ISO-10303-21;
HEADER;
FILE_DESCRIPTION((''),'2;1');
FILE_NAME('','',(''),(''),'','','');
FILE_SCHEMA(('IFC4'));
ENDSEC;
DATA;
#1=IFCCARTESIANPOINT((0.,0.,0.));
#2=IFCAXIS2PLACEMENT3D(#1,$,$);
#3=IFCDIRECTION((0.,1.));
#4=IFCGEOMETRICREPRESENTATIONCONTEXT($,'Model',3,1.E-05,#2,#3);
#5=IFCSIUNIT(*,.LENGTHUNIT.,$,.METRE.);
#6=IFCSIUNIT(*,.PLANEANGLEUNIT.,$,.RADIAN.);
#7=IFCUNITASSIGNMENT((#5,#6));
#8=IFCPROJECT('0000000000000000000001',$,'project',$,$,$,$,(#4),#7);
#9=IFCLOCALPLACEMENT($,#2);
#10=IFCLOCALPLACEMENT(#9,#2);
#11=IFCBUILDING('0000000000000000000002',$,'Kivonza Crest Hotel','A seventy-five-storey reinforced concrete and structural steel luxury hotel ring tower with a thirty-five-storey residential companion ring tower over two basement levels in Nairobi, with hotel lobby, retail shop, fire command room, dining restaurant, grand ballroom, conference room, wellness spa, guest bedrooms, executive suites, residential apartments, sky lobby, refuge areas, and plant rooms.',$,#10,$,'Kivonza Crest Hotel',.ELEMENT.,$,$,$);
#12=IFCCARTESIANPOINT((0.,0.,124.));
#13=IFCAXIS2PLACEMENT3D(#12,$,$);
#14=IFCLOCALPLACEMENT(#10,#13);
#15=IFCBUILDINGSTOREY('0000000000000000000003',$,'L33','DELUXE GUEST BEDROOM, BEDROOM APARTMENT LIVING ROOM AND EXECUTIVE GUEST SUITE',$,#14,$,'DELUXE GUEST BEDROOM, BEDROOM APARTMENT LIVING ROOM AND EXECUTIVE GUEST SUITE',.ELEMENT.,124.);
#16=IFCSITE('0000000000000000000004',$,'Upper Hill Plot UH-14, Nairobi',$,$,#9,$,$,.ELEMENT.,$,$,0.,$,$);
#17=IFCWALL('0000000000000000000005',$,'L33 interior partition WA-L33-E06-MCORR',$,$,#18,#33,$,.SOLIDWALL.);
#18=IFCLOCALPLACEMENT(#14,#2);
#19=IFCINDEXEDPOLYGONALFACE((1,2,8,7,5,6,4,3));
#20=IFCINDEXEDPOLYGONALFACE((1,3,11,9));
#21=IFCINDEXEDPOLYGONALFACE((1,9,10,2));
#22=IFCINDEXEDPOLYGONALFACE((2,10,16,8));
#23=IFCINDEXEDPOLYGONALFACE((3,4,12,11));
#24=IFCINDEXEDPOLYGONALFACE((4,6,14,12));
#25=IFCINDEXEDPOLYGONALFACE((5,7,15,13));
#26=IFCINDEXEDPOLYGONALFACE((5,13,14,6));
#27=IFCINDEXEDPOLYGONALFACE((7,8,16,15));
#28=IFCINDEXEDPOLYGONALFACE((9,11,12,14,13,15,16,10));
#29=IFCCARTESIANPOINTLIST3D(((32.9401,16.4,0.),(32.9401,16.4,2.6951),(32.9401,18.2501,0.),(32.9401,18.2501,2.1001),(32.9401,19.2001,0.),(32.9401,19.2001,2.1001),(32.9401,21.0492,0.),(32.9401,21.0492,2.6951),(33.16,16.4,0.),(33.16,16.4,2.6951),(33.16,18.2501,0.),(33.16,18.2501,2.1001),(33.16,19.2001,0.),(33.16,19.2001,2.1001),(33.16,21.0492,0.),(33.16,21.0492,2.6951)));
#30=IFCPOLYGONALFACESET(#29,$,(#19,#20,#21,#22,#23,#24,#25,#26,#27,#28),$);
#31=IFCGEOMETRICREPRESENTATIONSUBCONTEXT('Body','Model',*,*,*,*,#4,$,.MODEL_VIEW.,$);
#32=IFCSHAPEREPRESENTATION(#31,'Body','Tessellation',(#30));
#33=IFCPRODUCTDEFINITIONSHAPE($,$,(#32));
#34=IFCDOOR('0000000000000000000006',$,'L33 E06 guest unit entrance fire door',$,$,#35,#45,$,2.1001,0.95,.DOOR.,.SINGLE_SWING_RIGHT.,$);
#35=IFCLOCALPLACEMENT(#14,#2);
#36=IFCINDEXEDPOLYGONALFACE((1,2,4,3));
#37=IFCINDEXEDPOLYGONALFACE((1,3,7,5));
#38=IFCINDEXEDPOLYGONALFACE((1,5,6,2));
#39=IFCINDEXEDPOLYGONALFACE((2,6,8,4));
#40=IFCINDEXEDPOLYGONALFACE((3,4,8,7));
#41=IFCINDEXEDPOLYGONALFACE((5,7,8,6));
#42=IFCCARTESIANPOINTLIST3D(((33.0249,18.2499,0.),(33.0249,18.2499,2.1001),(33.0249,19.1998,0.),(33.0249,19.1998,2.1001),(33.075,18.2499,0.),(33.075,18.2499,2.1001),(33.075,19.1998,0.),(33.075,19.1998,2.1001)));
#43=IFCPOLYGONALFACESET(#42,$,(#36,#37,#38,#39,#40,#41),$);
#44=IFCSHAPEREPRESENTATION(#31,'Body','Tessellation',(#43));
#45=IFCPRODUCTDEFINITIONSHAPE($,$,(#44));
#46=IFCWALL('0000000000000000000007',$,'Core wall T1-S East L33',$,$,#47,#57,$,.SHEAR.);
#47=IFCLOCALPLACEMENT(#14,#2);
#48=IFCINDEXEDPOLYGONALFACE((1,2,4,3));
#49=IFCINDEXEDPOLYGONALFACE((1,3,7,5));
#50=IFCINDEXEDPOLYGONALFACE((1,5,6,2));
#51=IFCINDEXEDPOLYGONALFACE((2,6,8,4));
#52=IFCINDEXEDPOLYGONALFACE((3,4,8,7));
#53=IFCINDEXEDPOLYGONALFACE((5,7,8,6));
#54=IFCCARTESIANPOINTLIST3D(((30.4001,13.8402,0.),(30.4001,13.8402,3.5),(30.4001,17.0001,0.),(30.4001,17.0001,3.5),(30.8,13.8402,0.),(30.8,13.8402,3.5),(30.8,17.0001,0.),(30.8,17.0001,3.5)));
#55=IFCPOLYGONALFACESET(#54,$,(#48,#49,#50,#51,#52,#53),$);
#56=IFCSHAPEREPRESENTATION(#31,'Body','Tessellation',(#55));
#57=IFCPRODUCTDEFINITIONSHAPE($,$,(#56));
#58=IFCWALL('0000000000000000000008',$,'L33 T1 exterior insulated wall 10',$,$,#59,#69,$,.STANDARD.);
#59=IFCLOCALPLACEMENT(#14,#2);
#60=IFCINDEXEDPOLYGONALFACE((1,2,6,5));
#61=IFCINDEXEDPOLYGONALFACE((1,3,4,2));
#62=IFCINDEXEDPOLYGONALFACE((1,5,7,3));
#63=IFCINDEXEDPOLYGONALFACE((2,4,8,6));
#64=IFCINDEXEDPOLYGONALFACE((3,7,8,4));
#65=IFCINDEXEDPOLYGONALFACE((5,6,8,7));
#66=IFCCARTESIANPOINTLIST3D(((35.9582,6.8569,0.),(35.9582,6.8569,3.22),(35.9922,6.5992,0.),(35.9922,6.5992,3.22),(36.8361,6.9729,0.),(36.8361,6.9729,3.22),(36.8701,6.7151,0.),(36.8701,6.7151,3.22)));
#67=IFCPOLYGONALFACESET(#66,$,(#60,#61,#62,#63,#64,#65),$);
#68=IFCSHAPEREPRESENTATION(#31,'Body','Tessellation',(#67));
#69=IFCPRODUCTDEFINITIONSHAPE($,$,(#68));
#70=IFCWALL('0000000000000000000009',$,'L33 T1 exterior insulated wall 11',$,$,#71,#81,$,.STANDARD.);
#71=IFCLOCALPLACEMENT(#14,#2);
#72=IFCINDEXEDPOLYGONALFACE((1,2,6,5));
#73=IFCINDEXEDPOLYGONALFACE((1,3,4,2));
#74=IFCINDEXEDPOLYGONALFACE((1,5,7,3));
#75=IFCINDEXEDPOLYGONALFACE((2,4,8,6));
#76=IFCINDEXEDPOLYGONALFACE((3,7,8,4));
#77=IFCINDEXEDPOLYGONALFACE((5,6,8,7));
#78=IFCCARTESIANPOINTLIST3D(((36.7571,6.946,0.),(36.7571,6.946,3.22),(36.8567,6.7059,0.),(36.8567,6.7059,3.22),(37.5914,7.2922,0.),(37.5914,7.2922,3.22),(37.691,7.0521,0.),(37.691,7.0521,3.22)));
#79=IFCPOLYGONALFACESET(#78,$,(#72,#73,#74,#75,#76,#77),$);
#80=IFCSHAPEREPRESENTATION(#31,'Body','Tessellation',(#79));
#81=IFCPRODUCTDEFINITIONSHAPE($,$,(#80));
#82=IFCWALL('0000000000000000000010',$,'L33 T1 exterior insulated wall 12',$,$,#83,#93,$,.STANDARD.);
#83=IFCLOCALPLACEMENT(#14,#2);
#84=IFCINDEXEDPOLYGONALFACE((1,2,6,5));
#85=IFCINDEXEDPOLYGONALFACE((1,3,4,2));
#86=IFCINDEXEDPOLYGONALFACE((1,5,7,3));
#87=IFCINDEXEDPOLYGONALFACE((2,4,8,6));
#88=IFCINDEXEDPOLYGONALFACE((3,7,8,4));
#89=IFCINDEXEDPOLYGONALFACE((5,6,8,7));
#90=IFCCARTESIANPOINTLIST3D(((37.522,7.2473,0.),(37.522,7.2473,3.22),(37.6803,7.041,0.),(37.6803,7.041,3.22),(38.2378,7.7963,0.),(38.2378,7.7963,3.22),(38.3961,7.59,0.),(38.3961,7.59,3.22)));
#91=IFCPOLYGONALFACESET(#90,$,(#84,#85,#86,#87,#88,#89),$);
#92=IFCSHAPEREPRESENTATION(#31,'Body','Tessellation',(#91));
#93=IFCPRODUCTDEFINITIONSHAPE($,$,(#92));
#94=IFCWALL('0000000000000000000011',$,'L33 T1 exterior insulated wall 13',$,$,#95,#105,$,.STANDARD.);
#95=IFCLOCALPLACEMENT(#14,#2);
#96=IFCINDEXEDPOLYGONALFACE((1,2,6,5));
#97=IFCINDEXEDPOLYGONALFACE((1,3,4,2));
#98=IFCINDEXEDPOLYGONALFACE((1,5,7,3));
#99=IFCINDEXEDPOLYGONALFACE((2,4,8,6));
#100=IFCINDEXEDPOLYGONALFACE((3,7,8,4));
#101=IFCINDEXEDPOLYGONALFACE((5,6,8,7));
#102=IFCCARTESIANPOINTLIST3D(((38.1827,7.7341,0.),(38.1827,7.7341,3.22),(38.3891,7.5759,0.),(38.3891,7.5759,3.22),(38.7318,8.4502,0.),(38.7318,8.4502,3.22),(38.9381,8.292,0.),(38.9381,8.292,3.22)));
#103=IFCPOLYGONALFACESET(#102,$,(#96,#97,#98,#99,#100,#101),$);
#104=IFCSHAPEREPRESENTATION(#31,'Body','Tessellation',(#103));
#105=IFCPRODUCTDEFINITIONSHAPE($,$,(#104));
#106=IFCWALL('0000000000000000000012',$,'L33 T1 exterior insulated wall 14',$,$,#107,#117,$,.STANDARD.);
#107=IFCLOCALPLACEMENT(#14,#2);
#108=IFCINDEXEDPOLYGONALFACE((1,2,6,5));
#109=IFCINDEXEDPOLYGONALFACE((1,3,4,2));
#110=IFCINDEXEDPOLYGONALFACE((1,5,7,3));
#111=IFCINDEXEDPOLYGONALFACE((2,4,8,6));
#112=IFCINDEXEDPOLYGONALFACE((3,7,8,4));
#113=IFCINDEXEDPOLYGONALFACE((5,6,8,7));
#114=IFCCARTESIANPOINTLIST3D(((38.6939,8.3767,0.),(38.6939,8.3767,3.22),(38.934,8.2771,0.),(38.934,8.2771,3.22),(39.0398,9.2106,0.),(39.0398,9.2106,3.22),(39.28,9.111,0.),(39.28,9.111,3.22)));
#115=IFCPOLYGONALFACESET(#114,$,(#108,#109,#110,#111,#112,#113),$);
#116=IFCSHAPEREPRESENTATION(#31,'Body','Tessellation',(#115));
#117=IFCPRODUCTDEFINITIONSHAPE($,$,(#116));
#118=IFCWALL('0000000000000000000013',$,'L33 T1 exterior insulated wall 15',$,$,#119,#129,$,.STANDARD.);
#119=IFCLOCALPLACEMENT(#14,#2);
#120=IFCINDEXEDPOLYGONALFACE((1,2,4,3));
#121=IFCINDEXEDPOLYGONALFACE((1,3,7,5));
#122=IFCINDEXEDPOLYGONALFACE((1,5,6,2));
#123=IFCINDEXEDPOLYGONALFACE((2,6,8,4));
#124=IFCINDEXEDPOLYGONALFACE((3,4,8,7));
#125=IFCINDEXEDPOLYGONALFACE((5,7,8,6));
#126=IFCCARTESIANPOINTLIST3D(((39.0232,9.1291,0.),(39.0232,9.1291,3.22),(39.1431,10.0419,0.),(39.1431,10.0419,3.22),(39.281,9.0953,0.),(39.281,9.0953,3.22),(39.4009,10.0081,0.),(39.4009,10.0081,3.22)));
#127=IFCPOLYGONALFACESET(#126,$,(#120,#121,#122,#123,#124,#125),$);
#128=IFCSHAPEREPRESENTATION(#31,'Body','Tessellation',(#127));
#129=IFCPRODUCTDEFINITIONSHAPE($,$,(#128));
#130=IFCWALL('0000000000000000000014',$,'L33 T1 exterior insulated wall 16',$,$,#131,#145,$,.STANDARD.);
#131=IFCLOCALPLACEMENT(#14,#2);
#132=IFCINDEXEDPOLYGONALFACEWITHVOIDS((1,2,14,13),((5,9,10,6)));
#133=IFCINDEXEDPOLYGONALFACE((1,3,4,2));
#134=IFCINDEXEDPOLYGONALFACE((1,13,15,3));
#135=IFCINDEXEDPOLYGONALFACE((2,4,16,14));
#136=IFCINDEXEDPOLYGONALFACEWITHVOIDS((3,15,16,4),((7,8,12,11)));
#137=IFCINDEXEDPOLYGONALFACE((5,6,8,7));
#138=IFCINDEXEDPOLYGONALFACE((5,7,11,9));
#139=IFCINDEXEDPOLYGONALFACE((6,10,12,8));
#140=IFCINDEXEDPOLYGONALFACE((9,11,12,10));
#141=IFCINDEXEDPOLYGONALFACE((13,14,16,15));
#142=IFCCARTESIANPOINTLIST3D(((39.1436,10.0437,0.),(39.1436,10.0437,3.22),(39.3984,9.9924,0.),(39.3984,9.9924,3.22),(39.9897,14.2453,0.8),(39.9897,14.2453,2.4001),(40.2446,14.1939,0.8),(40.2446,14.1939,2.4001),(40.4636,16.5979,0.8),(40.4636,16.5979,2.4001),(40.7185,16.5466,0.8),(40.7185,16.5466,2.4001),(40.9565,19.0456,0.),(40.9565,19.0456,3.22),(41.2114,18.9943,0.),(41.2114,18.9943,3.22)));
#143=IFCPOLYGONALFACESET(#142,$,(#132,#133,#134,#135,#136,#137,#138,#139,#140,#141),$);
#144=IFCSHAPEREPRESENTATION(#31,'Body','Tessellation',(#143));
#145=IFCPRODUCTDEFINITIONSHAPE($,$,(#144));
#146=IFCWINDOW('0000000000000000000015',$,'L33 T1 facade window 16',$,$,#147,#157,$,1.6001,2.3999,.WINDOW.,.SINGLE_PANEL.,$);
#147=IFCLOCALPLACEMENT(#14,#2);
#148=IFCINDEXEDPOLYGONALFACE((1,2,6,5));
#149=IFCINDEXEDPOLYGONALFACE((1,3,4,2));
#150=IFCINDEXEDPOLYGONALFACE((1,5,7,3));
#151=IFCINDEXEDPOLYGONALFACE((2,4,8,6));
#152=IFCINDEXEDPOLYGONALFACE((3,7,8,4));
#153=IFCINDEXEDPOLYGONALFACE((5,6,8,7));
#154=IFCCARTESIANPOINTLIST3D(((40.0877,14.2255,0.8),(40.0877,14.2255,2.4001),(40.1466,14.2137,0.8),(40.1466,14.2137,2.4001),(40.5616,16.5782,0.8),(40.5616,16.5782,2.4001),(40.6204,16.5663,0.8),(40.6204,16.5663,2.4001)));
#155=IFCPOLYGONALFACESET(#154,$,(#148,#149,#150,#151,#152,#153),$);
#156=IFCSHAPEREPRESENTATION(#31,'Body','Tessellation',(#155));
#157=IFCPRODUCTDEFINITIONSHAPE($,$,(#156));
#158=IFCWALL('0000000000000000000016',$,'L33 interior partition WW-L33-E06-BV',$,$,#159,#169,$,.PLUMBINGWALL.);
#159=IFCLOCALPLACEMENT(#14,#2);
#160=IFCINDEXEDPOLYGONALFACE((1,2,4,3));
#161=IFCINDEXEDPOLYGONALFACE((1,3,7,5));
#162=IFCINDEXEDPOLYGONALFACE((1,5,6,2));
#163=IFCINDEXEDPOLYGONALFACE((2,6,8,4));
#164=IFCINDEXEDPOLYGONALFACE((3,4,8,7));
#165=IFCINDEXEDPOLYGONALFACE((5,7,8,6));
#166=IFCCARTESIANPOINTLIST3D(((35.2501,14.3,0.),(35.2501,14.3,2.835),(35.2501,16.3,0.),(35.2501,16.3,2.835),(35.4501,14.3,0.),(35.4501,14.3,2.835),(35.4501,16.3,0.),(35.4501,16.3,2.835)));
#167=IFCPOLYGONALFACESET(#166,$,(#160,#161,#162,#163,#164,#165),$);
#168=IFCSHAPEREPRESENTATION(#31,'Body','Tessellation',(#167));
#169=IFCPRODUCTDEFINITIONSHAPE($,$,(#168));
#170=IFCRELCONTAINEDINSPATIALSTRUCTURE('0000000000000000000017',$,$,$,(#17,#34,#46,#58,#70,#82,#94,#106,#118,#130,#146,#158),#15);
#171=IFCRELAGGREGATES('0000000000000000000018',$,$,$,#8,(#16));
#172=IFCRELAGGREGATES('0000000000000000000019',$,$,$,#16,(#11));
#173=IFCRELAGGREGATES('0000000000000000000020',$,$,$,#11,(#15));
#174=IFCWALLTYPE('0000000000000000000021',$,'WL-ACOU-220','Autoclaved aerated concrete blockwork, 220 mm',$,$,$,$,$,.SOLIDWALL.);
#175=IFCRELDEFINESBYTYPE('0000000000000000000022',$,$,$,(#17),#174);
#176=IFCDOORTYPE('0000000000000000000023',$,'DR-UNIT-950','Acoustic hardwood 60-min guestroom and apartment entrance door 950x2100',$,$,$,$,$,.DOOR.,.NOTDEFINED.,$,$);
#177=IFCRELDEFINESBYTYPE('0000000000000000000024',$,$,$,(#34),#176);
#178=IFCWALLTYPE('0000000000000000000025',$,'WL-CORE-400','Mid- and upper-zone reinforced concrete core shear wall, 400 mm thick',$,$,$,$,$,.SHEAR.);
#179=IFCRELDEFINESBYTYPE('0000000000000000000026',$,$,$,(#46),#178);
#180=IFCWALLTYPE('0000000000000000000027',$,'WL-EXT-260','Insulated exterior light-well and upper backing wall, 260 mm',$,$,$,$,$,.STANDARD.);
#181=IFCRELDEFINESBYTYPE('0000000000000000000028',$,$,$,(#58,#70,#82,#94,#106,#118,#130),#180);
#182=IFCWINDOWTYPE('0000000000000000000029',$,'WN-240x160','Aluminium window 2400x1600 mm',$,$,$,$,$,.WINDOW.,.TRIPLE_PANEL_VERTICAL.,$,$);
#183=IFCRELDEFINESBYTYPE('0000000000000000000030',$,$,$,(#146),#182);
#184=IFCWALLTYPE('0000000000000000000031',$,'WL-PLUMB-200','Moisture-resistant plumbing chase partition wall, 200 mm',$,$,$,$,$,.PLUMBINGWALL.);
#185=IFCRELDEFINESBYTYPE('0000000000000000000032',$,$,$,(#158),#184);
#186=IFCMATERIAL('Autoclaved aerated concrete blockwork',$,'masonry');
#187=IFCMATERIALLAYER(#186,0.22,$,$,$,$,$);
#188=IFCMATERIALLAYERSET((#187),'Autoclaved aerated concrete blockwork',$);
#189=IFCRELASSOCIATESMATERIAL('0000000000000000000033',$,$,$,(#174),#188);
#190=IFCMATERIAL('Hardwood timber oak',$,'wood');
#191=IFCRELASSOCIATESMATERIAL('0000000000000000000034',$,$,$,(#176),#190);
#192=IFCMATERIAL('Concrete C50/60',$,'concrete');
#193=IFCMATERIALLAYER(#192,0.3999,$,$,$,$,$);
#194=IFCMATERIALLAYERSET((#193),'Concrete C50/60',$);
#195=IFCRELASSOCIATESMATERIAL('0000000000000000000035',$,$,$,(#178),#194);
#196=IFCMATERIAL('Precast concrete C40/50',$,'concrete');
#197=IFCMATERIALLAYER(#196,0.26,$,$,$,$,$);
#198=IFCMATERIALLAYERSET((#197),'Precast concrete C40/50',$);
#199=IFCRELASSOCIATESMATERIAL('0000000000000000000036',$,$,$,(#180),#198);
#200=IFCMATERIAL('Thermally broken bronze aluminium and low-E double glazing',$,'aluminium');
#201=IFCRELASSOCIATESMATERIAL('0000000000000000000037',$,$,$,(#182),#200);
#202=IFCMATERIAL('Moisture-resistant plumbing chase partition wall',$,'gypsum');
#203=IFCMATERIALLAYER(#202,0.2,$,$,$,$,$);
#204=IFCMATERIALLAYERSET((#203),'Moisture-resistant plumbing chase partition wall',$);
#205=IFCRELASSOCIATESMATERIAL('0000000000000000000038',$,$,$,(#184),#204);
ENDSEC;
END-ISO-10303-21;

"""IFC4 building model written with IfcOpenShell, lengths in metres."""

from ifc_helpers import new_model, si_unit, direction, frame, frame_2d, origin, place, context, subcontext, project, spatial, rectangle, extrude, material, layer, layer_set, type_object, element, fill, save


model = new_model("IFC4")

# Units and contexts
model_context = context("Model", 3, precision=1e-05, world=origin(), true_north=direction((0.0, 1.0)))
body_context = subcontext(model_context, "Body", "Model", "MODEL_VIEW")
ifc_project = project(units=[si_unit("LENGTHUNIT", "METRE"), si_unit("PLANEANGLEUNIT", "RADIAN")], contexts=[model_context])

# Site, building, storey
site_placement = place(None, origin())
site = spatial("IfcSite", under=ifc_project, at=site_placement, Name="Upper Hill Plot UH-14, Nairobi", CompositionType="ELEMENT", RefElevation=0.0)
building_placement = place(site_placement, origin())
building = spatial("IfcBuilding", under=site, at=building_placement, Name="Kivonza Crest Hotel", Description="A seventy-five-storey reinforced concrete and structural steel luxury hotel ring tower with a thirty-five-storey residential companion ring tower over two basement levels in Nairobi, with hotel lobby, retail shop, fire command room, dining restaurant, grand ballroom, conference room, wellness spa, guest bedrooms, executive suites, residential apartments, sky lobby, refuge areas, and plant rooms.", LongName="Kivonza Crest Hotel", CompositionType="ELEMENT")
storey_placement = place(building_placement, frame((0.0, 0.0, 124.0)))
storey = spatial("IfcBuildingStorey", under=building, at=storey_placement, Name="L33", Description="DELUXE GUEST BEDROOM, BEDROOM APARTMENT LIVING ROOM AND EXECUTIVE GUEST SUITE", LongName="DELUXE GUEST BEDROOM, BEDROOM APARTMENT LIVING ROOM AND EXECUTIVE GUEST SUITE", CompositionType="ELEMENT", Elevation=124.0)

# Shared definitions
ifc_material_1 = material(Name="Autoclaved aerated concrete blockwork", Category="masonry")
ifc_layer_1 = layer(ifc_material_1, 0.22)
ifc_layer_set_1 = layer_set([ifc_layer_1], Name="Autoclaved aerated concrete blockwork")
wall_type_1 = type_object("IfcWallType", Name="WL-ACOU-220", Description="Autoclaved aerated concrete blockwork, 220 mm", PredefinedType="SOLIDWALL", material=ifc_layer_set_1)
ifc_material_2 = material(Name="Hardwood timber oak", Category="wood")

# Wall, opening, door
wall_1_placement = place(storey_placement, frame((33.05, 16.3999, 0.0), z_axis=(0.0, 0.0, 1.0), x_axis=(0.0, 1.0, 0.0)))
wall_1 = element("IfcWall", 1, at=wall_1_placement, inside=storey, type_object=wall_type_1, Name="L33 interior partition WA-L33-E06-MCORR", PredefinedType="SOLIDWALL", context=body_context, shape_type="SweptSolid", body=[
    extrude(rectangle(XDim=4.6492, YDim=0.22, at=frame_2d((2.3247, 0.0))), origin(), (0.0, 0.0, 1.0), 2.6951),
])
opening_1_placement = place(wall_1_placement, frame((1.8501, 0.0, 0.0)))
opening_1 = element("IfcOpeningElement", 2, at=opening_1_placement, cuts=wall_1, PredefinedType="OPENING", context=body_context, shape_type="SweptSolid", body=[
    extrude(rectangle(XDim=0.95, YDim=2.1001, at=frame_2d((0.4751, 1.05))), frame((0.0, 0.1201, 0.0), z_axis=(0.0, -1.0, 0.0), x_axis=(1.0, 0.0, 0.0)), (0.0, 0.0, 1.0), 0.24),
])
door_type_1 = type_object("IfcDoorType", Name="DR-UNIT-950", Description="Acoustic hardwood 60-min guestroom and apartment entrance door 950x2100", OperationType="NOTDEFINED", PredefinedType="DOOR", material=ifc_material_2)
door_1_placement = place(opening_1_placement, frame((0.95, 0.0, 0.0), z_axis=(0.0, 0.0, 1.0), x_axis=(-1.0, 0.0, 0.0)))
door_1 = element("IfcDoor", 3, at=door_1_placement, inside=storey, type_object=door_type_1, Name="L33 E06 guest unit entrance fire door", OperationType="SINGLE_SWING_RIGHT", OverallHeight=2.1001, OverallWidth=0.95, PredefinedType="DOOR", context=body_context, shape_type="SweptSolid", body=[
    extrude(rectangle(XDim=0.95, YDim=2.1001, at=frame_2d((0.4751, 1.05))), frame((0.0, 0.0249, 0.0), z_axis=(0.0, -1.0, 0.0), x_axis=(1.0, 0.0, 0.0)), (0.0, 0.0, 1.0), 0.05),
])
fill(opening_1, door_1)

# Walls
ifc_material_3 = material(Name="Concrete C50/60", Category="concrete")
ifc_layer_2 = layer(ifc_material_3, 0.3999)
ifc_layer_set_2 = layer_set([ifc_layer_2], Name="Concrete C50/60")
wall_type_2 = type_object("IfcWallType", Name="WL-CORE-400", Description="Mid- and upper-zone reinforced concrete core shear wall, 400 mm thick", PredefinedType="SHEAR", material=ifc_layer_set_2)
wall_2_placement = place(storey_placement, frame((30.6001, 13.8401, 0.0), z_axis=(0.0, 0.0, 1.0), x_axis=(0.0, 1.0, 0.0)))
element("IfcWall", 4, at=wall_2_placement, inside=storey, type_object=wall_type_2, Name="Core wall T1-S East L33", PredefinedType="SHEAR", context=body_context, shape_type="SweptSolid", body=[
    extrude(rectangle(XDim=3.1599, YDim=0.3999, at=frame_2d((1.5801, 0.0))), origin(), (0.0, 0.0, 1.0), 3.5),
])
ifc_material_4 = material(Name="Precast concrete C40/50", Category="concrete")
ifc_layer_3 = layer(ifc_material_4, 0.26)
ifc_layer_set_3 = layer_set([ifc_layer_3], Name="Precast concrete C40/50")
wall_type_3 = type_object("IfcWallType", Name="WL-EXT-260", Description="Insulated exterior light-well and upper backing wall, 260 mm", PredefinedType="STANDARD", material=ifc_layer_set_3)
wall_3_placement = place(storey_placement, frame((35.9751, 6.728, 0.0), z_axis=(0.0, 0.0, 1.0), x_axis=(0.991388, 0.130954, 0.0)))
element("IfcWall", 5, at=wall_3_placement, inside=storey, type_object=wall_type_3, Name="L33 T1 exterior insulated wall 10", PredefinedType="STANDARD", context=body_context, shape_type="SweptSolid", body=[
    extrude(rectangle(XDim=0.8855, YDim=0.26, at=frame_2d((0.4429, 0.0))), origin(), (0.0, 0.0, 1.0), 3.22),
])
wall_4_placement = place(storey_placement, frame((36.8069, 6.8259, 0.0), z_axis=(0.0, 0.0, 1.0), x_axis=(0.923628, 0.383291, 0.0)))
element("IfcWall", 6, at=wall_4_placement, inside=storey, type_object=wall_type_3, Name="L33 T1 exterior insulated wall 11", PredefinedType="STANDARD", context=body_context, shape_type="SweptSolid", body=[
    extrude(rectangle(XDim=0.9033, YDim=0.26, at=frame_2d((0.4517, 0.0))), origin(), (0.0, 0.0, 1.0), 3.22),
])
wall_5_placement = place(storey_placement, frame((37.6011, 7.144, 0.0), z_axis=(0.0, 0.0, 1.0), x_axis=(0.793458, 0.608625, 0.0)))
element("IfcWall", 7, at=wall_5_placement, inside=storey, type_object=wall_type_3, Name="L33 T1 exterior insulated wall 12", PredefinedType="STANDARD", context=body_context, shape_type="SweptSolid", body=[
    extrude(rectangle(XDim=0.9021, YDim=0.26, at=frame_2d((0.4512, 0.0))), origin(), (0.0, 0.0, 1.0), 3.22),
])
wall_6_placement = place(storey_placement, frame((38.2859, 7.655, 0.0), z_axis=(0.0, 0.0, 1.0), x_axis=(0.608494, 0.793558, 0.0)))
element("IfcWall", 8, at=wall_6_placement, inside=storey, type_object=wall_type_3, Name="L33 T1 exterior insulated wall 13", PredefinedType="STANDARD", context=body_context, shape_type="SweptSolid", body=[
    extrude(rectangle(XDim=0.9023, YDim=0.26, at=frame_2d((0.4512, 0.0))), origin(), (0.0, 0.0, 1.0), 3.22),
])
wall_7_placement = place(storey_placement, frame((38.814, 8.3269, 0.0), z_axis=(0.0, 0.0, 1.0), x_axis=(0.383156, 0.923684, 0.0)))
element("IfcWall", 9, at=wall_7_placement, inside=storey, type_object=wall_type_3, Name="L33 T1 exterior insulated wall 14", PredefinedType="STANDARD", context=body_context, shape_type="SweptSolid", body=[
    extrude(rectangle(XDim=0.9028, YDim=0.26, at=frame_2d((0.4514, 0.0))), origin(), (0.0, 0.0, 1.0), 3.22),
])
wall_8_placement = place(storey_placement, frame((39.1521, 9.1121, 0.0), z_axis=(0.0, 0.0, 1.0), x_axis=(0.130201, 0.991488, 0.0)))
element("IfcWall", 10, at=wall_8_placement, inside=storey, type_object=wall_type_3, Name="L33 T1 exterior insulated wall 15", PredefinedType="STANDARD", context=body_context, shape_type="SweptSolid", body=[
    extrude(rectangle(XDim=0.9207, YDim=0.26, at=frame_2d((0.4604, 0.0))), origin(), (0.0, 0.0, 1.0), 3.22),
])

# Wall, opening, window
wall_9_placement = place(storey_placement, frame((39.271, 10.0181, 0.0), z_axis=(0.0, 0.0, 1.0), x_axis=(0.197435, 0.980316, 0.0)))
wall_9 = element("IfcWall", 11, at=wall_9_placement, inside=storey, type_object=wall_type_3, Name="L33 T1 exterior insulated wall 16", PredefinedType="STANDARD", context=body_context, shape_type="SweptSolid", body=[
    extrude(rectangle(XDim=9.1826, YDim=0.26, at=frame_2d((4.5913, 0.0))), origin(), (0.0, 0.0, 1.0), 3.22),
])
opening_2_placement = place(wall_9_placement, frame((4.2859, 0.0, 0.8)))
opening_2 = element("IfcOpeningElement", 12, at=opening_2_placement, cuts=wall_9, PredefinedType="OPENING", context=body_context, shape_type="SweptSolid", body=[
    extrude(rectangle(XDim=2.3999, YDim=1.6001, at=frame_2d((1.2, 0.8))), frame((0.0, 0.1401, 0.0), z_axis=(0.0, -1.0, 0.0), x_axis=(1.0, 0.0, 0.0)), (0.0, 0.0, 1.0), 0.28),
])
ifc_material_5 = material(Name="Thermally broken bronze aluminium and low-E double glazing", Category="aluminium")
window_type = type_object("IfcWindowType", Name="WN-240x160", Description="Aluminium window 2400x1600 mm", PartitioningType="TRIPLE_PANEL_VERTICAL", PredefinedType="WINDOW", material=ifc_material_5)
window_placement = place(opening_2_placement, origin())
window = element("IfcWindow", 13, at=window_placement, inside=storey, type_object=window_type, Name="L33 T1 facade window 16", OverallHeight=1.6001, OverallWidth=2.3999, PartitioningType="SINGLE_PANEL", PredefinedType="WINDOW", context=body_context, shape_type="SweptSolid", body=[
    extrude(rectangle(XDim=2.3999, YDim=1.6001, at=frame_2d((1.2, 0.8))), frame((0.0, 0.03, 0.0), z_axis=(0.0, -1.0, 0.0), x_axis=(1.0, 0.0, 0.0)), (0.0, 0.0, 1.0), 0.0601),
])
fill(opening_2, window)

# Wall
ifc_material_6 = material(Name="Moisture-resistant plumbing chase partition wall", Category="gypsum")
ifc_layer_4 = layer(ifc_material_6, 0.2)
ifc_layer_set_4 = layer_set([ifc_layer_4], Name="Moisture-resistant plumbing chase partition wall")
wall_type_4 = type_object("IfcWallType", Name="WL-PLUMB-200", Description="Moisture-resistant plumbing chase partition wall, 200 mm", PredefinedType="PLUMBINGWALL", material=ifc_layer_set_4)
wall_10_placement = place(storey_placement, frame((35.3501, 14.3, 0.0), z_axis=(0.0, 0.0, 1.0), x_axis=(0.0, 1.0, 0.0)))
element("IfcWall", 14, at=wall_10_placement, inside=storey, type_object=wall_type_4, Name="L33 interior partition WW-L33-E06-BV", PredefinedType="PLUMBINGWALL", context=body_context, shape_type="SweptSolid", body=[
    extrude(rectangle(XDim=2.0, YDim=0.2, at=frame_2d((1.0, 0.0))), origin(), (0.0, 0.0, 1.0), 2.835),
])

save(model, "model.ifc")
